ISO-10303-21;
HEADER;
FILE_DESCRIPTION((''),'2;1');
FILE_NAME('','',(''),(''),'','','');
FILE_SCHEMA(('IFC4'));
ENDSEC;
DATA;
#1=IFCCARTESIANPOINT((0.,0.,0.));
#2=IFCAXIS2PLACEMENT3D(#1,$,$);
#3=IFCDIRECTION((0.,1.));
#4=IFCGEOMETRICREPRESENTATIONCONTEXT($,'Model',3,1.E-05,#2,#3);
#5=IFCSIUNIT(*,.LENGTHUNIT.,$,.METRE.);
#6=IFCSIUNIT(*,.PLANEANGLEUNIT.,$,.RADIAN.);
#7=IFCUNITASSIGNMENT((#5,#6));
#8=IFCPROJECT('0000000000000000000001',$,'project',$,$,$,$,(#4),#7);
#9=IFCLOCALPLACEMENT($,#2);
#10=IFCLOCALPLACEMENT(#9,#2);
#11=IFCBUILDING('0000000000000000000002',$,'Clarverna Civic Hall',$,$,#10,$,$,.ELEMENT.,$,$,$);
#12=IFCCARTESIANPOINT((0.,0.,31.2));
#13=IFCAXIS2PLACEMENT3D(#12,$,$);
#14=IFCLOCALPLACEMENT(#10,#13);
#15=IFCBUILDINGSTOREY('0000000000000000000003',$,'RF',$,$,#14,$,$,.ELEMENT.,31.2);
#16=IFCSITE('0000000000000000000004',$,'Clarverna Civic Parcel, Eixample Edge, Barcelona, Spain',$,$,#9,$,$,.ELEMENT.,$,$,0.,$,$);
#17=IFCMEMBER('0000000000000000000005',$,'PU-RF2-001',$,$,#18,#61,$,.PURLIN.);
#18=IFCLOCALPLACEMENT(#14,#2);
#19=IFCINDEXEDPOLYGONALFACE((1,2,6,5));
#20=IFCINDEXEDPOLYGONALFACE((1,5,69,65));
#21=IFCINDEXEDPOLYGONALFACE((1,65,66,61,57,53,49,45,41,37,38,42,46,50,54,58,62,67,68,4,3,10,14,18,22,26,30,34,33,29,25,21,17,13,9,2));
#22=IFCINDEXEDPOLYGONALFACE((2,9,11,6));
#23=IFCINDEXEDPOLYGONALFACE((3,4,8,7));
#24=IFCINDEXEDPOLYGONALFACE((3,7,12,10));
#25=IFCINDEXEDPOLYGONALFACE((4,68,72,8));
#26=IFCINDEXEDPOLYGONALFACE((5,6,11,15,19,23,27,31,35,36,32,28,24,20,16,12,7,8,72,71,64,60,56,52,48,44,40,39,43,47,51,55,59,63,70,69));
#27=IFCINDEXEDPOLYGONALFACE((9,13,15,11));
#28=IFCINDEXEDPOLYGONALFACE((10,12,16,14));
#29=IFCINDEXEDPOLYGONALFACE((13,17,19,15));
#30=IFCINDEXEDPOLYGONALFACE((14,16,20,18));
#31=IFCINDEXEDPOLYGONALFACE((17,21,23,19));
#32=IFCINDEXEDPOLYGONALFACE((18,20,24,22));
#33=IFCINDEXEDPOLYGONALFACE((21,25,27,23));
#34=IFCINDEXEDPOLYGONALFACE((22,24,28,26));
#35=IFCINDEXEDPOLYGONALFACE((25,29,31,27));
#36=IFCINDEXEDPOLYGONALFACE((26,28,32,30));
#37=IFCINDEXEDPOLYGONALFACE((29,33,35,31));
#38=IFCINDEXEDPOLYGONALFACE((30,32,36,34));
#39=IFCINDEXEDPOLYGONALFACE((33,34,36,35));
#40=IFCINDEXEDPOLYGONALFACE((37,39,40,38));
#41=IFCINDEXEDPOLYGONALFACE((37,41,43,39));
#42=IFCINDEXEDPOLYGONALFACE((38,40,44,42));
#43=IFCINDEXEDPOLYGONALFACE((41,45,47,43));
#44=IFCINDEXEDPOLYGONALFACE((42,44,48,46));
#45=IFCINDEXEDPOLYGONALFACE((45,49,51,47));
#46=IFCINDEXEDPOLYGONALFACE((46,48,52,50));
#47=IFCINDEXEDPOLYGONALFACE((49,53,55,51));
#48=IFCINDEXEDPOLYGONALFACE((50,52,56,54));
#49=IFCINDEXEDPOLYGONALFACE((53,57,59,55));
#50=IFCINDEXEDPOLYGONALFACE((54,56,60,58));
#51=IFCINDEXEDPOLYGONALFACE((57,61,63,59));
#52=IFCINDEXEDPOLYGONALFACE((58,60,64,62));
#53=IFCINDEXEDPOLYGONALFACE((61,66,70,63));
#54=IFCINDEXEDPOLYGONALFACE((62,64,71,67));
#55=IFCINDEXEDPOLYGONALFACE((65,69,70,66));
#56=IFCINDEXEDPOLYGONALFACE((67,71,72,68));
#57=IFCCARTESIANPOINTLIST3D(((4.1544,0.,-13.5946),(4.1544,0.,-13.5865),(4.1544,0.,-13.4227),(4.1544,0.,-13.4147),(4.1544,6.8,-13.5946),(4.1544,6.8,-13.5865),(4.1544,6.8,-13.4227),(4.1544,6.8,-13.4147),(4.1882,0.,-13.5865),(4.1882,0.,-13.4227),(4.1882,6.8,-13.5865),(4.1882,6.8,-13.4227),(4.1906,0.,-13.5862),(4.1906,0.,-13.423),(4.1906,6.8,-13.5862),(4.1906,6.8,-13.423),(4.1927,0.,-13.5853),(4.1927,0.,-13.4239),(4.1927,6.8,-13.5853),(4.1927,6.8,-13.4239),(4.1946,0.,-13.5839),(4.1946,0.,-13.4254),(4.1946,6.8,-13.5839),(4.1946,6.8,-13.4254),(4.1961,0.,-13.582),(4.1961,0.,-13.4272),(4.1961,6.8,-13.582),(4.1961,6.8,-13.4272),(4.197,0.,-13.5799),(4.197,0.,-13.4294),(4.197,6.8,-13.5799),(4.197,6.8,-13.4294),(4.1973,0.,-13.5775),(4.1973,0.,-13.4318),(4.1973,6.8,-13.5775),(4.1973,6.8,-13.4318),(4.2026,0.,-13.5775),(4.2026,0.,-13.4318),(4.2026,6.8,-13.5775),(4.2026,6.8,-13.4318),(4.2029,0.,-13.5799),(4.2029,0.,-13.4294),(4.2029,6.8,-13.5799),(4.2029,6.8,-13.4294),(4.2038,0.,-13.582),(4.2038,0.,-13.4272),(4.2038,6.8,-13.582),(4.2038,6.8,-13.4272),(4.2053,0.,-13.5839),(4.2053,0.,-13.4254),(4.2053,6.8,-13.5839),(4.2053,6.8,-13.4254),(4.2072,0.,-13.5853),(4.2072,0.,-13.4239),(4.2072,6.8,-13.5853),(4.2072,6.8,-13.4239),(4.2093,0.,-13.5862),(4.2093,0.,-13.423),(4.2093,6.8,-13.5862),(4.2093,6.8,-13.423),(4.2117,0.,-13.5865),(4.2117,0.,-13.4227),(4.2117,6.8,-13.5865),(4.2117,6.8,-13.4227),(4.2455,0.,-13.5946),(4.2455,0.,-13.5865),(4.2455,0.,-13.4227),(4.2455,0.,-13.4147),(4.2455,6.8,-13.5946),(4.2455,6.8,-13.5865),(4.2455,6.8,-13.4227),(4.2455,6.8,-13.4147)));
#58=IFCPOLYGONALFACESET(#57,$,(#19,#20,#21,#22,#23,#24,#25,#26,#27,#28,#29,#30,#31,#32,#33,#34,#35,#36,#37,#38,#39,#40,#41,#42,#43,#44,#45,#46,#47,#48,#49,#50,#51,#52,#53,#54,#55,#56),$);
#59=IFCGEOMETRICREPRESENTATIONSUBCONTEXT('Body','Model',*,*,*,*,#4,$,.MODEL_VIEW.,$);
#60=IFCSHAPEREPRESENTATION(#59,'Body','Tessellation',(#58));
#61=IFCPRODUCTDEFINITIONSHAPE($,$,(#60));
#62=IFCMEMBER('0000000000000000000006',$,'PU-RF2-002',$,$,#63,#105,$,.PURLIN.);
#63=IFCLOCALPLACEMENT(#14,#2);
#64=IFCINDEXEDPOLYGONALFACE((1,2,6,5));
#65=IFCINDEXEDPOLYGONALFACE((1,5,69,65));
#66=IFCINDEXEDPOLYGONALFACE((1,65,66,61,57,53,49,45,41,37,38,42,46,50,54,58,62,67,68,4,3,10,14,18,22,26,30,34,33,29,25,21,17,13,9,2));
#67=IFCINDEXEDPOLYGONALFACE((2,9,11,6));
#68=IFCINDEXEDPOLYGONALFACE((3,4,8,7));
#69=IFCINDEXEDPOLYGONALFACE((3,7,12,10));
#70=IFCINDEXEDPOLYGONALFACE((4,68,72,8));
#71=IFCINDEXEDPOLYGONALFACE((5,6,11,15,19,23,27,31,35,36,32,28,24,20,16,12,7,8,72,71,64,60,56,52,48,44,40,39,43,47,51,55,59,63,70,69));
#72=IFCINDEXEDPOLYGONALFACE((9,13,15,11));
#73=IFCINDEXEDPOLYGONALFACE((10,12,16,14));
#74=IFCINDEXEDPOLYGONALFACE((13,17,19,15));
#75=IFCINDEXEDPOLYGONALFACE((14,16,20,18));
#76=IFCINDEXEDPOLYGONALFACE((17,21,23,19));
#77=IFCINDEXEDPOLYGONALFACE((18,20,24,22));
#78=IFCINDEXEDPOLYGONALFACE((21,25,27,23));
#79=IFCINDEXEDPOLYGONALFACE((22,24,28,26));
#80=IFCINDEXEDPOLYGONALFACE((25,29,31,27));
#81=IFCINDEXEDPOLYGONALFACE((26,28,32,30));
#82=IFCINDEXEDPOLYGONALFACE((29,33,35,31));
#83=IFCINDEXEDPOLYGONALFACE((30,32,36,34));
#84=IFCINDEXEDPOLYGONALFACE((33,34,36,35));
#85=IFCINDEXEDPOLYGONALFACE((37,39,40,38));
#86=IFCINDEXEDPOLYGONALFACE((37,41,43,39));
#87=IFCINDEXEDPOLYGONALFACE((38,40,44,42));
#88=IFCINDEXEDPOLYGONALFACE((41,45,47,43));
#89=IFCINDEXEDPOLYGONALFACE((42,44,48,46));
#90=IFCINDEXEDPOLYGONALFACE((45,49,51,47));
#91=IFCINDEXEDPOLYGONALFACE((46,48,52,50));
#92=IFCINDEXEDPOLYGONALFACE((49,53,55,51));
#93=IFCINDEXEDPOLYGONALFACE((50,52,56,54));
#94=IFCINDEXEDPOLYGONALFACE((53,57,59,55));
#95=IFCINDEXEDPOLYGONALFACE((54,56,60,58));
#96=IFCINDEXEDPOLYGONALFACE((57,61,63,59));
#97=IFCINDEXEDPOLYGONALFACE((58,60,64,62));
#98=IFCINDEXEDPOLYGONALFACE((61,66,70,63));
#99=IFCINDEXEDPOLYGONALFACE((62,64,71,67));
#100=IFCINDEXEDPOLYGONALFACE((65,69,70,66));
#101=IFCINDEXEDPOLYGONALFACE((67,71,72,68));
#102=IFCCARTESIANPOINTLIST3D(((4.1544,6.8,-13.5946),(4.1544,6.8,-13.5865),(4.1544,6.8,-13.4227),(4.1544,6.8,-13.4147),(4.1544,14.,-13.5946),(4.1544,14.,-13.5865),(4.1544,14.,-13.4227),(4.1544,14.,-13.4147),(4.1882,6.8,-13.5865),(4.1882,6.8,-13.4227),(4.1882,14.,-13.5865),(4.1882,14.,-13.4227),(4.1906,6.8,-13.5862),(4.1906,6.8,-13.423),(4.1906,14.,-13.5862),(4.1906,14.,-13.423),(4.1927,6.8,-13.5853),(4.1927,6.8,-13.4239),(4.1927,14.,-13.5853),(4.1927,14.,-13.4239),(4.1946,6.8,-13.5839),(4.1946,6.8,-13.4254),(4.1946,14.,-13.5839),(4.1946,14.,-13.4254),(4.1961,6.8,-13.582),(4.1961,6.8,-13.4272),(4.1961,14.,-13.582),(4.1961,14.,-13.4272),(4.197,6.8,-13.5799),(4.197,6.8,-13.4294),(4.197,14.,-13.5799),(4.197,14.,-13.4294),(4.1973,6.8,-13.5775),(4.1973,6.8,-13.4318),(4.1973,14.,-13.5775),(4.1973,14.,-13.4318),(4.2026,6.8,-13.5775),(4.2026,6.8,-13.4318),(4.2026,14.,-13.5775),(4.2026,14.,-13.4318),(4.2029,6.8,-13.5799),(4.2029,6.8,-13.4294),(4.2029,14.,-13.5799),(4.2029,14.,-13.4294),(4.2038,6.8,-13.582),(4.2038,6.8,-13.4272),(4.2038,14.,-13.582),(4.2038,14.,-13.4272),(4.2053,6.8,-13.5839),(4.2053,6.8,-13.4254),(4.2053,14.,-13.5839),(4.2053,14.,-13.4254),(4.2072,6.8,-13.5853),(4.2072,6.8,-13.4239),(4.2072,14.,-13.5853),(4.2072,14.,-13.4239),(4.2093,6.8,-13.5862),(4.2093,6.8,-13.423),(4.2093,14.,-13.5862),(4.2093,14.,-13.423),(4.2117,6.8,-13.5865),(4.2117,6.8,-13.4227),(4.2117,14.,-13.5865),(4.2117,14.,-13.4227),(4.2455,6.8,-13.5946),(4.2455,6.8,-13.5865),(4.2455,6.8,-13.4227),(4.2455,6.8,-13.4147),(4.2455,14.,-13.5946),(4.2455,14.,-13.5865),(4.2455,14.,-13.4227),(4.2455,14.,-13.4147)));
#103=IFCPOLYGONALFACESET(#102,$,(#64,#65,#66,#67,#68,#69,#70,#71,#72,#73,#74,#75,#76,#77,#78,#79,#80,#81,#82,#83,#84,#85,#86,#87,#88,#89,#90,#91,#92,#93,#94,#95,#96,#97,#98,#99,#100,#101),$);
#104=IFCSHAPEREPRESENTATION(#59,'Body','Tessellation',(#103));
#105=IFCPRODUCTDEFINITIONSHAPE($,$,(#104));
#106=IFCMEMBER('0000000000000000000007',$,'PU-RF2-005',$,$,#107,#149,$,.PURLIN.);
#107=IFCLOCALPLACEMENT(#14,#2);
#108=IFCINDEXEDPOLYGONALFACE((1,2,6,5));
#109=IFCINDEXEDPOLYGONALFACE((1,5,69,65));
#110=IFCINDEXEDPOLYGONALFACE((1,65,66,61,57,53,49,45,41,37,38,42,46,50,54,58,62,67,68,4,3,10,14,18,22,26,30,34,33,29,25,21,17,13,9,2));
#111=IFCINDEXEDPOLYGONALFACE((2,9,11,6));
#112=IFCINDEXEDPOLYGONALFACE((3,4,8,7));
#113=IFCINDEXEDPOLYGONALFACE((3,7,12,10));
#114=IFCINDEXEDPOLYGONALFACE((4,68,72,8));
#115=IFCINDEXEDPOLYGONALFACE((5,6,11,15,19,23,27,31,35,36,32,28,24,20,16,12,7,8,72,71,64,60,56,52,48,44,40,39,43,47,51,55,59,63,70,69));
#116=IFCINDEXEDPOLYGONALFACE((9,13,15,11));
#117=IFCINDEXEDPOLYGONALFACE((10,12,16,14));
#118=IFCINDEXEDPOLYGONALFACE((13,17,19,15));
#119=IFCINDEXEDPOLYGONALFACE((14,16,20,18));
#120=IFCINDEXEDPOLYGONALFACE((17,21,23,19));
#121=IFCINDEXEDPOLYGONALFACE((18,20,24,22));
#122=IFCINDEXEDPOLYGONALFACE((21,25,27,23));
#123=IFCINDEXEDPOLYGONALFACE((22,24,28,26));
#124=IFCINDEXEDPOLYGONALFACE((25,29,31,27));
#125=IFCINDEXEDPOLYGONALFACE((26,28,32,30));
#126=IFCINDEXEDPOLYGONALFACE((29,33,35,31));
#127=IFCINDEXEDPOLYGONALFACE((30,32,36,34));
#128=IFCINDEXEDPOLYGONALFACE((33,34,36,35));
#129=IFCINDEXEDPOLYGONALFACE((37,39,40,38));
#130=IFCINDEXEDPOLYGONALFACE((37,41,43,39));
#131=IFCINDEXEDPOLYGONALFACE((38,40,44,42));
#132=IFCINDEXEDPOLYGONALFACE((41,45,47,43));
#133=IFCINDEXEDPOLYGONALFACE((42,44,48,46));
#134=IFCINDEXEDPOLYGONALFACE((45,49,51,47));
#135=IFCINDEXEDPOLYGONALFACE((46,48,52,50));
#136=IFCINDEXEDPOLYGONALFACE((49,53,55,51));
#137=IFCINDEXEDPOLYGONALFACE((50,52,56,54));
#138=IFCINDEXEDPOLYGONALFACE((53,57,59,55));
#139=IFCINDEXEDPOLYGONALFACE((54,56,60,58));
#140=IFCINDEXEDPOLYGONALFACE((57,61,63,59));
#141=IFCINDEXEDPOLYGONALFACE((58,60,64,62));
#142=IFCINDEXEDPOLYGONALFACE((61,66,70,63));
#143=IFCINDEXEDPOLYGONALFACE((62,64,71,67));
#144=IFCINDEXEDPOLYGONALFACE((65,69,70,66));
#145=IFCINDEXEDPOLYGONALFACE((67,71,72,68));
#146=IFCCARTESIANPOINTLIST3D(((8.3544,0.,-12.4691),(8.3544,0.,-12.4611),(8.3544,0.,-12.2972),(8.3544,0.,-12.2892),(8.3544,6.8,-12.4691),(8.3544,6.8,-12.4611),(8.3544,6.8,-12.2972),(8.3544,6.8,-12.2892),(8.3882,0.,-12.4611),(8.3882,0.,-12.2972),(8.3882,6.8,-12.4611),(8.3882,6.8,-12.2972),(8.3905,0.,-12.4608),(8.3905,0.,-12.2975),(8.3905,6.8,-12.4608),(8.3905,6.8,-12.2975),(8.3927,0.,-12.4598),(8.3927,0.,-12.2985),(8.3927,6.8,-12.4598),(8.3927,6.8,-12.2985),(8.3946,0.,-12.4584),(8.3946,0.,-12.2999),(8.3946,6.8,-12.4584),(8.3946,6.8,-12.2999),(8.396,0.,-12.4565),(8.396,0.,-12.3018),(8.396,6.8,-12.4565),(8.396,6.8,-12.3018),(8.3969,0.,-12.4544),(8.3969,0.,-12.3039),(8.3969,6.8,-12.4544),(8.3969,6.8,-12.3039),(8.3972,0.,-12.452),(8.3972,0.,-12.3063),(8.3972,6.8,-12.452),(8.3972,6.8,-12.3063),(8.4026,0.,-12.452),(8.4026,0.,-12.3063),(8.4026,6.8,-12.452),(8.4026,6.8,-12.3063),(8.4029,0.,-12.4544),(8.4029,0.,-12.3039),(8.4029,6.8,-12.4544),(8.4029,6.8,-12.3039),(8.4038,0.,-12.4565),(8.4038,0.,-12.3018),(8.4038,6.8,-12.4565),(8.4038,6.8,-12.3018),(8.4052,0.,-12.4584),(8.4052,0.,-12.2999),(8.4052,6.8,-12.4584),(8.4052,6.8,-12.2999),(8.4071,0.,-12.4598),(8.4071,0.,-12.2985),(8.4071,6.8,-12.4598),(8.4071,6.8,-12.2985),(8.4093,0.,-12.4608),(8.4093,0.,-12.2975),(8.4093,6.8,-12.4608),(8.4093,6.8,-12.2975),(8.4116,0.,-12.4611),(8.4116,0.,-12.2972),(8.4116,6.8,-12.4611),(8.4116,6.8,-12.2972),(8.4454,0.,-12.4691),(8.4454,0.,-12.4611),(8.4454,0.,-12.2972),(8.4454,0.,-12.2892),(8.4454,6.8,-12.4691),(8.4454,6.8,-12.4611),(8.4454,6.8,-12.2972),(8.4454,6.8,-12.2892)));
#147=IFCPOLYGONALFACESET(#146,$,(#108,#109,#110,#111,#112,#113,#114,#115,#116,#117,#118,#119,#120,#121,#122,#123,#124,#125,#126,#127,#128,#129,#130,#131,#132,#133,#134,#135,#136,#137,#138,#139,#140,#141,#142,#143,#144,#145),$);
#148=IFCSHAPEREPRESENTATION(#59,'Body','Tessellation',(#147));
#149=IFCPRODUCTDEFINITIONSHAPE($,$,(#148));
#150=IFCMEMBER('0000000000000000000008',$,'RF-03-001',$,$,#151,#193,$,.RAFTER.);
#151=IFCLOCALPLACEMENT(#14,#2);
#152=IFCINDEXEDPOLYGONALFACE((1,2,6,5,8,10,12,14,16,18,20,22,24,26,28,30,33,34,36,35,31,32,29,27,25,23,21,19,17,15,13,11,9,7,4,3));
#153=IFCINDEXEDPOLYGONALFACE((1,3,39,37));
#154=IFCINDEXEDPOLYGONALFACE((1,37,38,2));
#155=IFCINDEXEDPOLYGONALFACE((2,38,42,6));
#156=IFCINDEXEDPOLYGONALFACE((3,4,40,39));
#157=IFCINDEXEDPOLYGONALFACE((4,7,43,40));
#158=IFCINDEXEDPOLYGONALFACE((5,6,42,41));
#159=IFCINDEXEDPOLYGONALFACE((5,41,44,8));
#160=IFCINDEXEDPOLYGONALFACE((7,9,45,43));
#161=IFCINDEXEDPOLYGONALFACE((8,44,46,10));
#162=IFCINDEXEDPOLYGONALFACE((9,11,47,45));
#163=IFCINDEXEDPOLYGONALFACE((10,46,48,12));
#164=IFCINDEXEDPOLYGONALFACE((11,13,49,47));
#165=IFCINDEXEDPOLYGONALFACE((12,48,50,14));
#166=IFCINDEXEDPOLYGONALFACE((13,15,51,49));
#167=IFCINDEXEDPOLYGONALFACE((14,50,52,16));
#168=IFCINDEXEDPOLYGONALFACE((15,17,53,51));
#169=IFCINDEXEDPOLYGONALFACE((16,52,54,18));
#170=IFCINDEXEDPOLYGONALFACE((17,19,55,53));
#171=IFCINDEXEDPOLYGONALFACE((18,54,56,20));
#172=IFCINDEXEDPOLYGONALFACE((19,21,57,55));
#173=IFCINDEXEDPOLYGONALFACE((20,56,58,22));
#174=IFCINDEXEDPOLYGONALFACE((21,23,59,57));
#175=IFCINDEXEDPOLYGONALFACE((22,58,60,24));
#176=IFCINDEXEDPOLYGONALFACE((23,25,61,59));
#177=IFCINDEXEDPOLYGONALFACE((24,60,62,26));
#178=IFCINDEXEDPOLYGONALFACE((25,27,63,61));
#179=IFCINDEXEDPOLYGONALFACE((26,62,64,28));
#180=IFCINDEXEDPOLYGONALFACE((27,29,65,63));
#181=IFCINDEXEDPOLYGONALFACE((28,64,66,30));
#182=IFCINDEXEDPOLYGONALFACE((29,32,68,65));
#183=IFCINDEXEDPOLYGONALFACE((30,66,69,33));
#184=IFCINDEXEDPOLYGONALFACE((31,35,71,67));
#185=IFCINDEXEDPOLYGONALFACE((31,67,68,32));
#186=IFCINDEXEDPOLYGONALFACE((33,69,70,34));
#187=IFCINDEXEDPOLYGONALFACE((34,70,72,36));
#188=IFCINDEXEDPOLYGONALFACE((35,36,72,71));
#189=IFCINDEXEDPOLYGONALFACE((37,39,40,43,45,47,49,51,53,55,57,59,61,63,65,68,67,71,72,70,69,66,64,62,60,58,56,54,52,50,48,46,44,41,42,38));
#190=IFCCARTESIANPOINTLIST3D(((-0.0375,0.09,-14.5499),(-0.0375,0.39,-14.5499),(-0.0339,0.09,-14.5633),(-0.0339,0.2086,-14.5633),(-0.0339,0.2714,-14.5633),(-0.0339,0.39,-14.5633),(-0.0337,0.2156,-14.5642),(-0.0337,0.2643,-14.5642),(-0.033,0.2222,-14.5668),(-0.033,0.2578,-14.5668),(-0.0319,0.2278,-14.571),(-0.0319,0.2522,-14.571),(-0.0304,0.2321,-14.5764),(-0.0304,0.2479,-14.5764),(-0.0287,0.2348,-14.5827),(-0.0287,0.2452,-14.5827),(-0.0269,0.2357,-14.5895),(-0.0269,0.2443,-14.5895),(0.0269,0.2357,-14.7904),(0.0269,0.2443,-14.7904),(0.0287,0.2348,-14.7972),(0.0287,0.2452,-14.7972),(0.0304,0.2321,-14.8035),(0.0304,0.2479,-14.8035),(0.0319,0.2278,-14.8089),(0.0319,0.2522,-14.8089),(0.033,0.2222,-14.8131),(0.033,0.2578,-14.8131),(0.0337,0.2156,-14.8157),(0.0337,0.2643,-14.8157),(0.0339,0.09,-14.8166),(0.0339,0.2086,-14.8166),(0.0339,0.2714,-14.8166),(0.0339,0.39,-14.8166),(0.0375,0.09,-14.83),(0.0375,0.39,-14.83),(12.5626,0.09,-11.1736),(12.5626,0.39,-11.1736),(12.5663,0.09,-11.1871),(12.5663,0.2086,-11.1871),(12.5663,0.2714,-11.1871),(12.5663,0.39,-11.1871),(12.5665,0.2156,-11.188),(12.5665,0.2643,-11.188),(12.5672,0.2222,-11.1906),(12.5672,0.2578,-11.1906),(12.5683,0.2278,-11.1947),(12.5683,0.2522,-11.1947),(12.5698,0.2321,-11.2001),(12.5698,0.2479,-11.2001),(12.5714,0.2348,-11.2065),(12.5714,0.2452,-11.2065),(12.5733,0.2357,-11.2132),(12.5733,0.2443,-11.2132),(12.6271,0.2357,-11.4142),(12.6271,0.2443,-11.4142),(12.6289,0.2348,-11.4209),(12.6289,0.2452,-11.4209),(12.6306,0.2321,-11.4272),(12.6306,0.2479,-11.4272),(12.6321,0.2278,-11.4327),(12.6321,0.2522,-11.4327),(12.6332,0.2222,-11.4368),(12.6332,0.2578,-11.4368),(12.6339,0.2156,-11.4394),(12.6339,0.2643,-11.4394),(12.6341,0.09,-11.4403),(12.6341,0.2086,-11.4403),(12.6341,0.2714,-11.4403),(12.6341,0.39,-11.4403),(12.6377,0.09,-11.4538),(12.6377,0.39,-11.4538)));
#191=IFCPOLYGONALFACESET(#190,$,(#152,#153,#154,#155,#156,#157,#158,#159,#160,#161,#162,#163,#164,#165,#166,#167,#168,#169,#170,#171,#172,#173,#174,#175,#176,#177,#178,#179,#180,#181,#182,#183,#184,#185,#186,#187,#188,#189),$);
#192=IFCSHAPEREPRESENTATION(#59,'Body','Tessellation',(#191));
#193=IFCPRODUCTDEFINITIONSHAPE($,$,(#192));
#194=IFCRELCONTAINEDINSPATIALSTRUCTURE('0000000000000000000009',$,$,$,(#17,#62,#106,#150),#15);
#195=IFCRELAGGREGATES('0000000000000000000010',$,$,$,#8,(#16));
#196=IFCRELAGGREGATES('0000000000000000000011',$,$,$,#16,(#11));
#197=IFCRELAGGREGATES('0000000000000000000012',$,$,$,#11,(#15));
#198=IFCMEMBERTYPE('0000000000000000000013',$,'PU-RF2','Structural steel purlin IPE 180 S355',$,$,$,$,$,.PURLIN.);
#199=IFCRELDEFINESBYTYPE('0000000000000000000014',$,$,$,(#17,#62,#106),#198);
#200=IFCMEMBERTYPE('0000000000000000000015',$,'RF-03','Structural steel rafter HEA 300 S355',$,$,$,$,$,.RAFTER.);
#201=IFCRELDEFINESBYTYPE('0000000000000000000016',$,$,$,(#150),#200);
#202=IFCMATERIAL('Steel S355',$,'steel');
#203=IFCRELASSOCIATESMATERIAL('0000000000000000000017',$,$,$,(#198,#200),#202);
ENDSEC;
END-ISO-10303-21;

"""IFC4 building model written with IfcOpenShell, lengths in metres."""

from ifc_helpers import new_model, si_unit, direction, frame, origin, origin_2d, place, context, subcontext, project, spatial, i_section, extrude, material, material_profile, profile_set, type_object, element, save


model = new_model("IFC4")

# Units and contexts
model_context = context("Model", 3, precision=1e-05, world=origin(), true_north=direction((0.0, 1.0)))
body_context = subcontext(model_context, "Body", "Model", "MODEL_VIEW")
ifc_project = project(units=[si_unit("LENGTHUNIT", "METRE"), si_unit("PLANEANGLEUNIT", "RADIAN")], contexts=[model_context])

# Site, building, storey
site_placement = place(None, origin())
site = spatial("IfcSite", under=ifc_project, at=site_placement, Name="Clarverna Civic Parcel, Eixample Edge, Barcelona, Spain", CompositionType="ELEMENT", RefElevation=0.0)
building_placement = place(site_placement, origin())
building = spatial("IfcBuilding", under=site, at=building_placement, Name="Clarverna Civic Hall", CompositionType="ELEMENT")
storey_placement = place(building_placement, frame((0.0, 0.0, 31.2)))
storey = spatial("IfcBuildingStorey", under=building, at=storey_placement, Name="RF", CompositionType="ELEMENT", Elevation=31.2)

# Members
ifc_material_1 = material(Name="Steel S355", Category="steel")
ifc_material_profile_1 = material_profile(ifc_material_1, i_section(OverallWidth=0.0911, OverallDepth=0.1799, WebThickness=0.0054, FlangeThickness=0.0081, FilletRadius=0.009, at=origin_2d()), Name="IPE 180")
ifc_profile_set_1 = profile_set([ifc_material_profile_1], Name="Steel S355")
member_type_1 = type_object("IfcMemberType", Name="PU-RF2", Description="Structural steel purlin IPE 180 S355", PredefinedType="PURLIN", material=ifc_profile_set_1)
member_1_placement = place(storey_placement, frame((4.2, 0.0, -13.5046), z_axis=(0.0, 1.0, 0.0), x_axis=(-1.0, 0.0, 0.0)))
element("IfcMember", 1, at=member_1_placement, inside=storey, type_object=member_type_1, Name="PU-RF2-001", PredefinedType="PURLIN", context=body_context, shape_type="SweptSolid", body=[
    extrude(i_section(OverallWidth=0.0911, OverallDepth=0.1799, WebThickness=0.0054, FlangeThickness=0.0081, FilletRadius=0.009, at=origin_2d()), origin(), (0.0, 0.0, 1.0), 6.8),
])
member_2_placement = place(storey_placement, frame((4.2, 6.8, -13.5046), z_axis=(0.0, 1.0, 0.0), x_axis=(-1.0, 0.0, 0.0)))
element("IfcMember", 2, at=member_2_placement, inside=storey, type_object=member_type_1, Name="PU-RF2-002", PredefinedType="PURLIN", context=body_context, shape_type="SweptSolid", body=[
    extrude(i_section(OverallWidth=0.0911, OverallDepth=0.1799, WebThickness=0.0054, FlangeThickness=0.0081, FilletRadius=0.009, at=origin_2d()), origin(), (0.0, 0.0, 1.0), 7.2),
])
member_3_placement = place(storey_placement, frame((8.3999, 0.0, -12.3792), z_axis=(0.0, 1.0, 0.0), x_axis=(-1.0, 0.0, 0.0)))
element("IfcMember", 3, at=member_3_placement, inside=storey, type_object=member_type_1, Name="PU-RF2-005", PredefinedType="PURLIN", context=body_context, shape_type="SweptSolid", body=[
    extrude(i_section(OverallWidth=0.0911, OverallDepth=0.1799, WebThickness=0.0054, FlangeThickness=0.0081, FilletRadius=0.009, at=origin_2d()), origin(), (0.0, 0.0, 1.0), 6.8),
])
ifc_material_profile_2 = material_profile(ifc_material_1, i_section(OverallWidth=0.3, OverallDepth=0.29, WebThickness=0.0085, FlangeThickness=0.0139, FilletRadius=0.0271, at=origin_2d()), Name="HEA 300")
ifc_profile_set_2 = profile_set([ifc_material_profile_2], Name="Steel S355")
member_type_2 = type_object("IfcMemberType", Name="RF-03", Description="Structural steel rafter HEA 300 S355", PredefinedType="RAFTER", material=ifc_profile_set_2)
for number, where, z_axis, x_axis, name in (
    (4, (0.0, 0.24, -14.6899), (0.965925, 0.0, 0.258822), (0.0, 1.0, 0.0), "RF-03-001"),
):
    element("IfcMember", number, at=place(storey_placement, frame(where, z_axis=z_axis, x_axis=x_axis)), inside=storey, type_object=member_type_2, Name=name, PredefinedType="RAFTER", context=body_context, shape_type="SweptSolid", body=[
        extrude(i_section(OverallWidth=0.3, OverallDepth=0.29, WebThickness=0.0085, FlangeThickness=0.0139, FilletRadius=0.0271, at=origin_2d()), origin(), (0.0, 0.0, 1.0), 13.0447),
    ])

save(model, "model.ifc")
